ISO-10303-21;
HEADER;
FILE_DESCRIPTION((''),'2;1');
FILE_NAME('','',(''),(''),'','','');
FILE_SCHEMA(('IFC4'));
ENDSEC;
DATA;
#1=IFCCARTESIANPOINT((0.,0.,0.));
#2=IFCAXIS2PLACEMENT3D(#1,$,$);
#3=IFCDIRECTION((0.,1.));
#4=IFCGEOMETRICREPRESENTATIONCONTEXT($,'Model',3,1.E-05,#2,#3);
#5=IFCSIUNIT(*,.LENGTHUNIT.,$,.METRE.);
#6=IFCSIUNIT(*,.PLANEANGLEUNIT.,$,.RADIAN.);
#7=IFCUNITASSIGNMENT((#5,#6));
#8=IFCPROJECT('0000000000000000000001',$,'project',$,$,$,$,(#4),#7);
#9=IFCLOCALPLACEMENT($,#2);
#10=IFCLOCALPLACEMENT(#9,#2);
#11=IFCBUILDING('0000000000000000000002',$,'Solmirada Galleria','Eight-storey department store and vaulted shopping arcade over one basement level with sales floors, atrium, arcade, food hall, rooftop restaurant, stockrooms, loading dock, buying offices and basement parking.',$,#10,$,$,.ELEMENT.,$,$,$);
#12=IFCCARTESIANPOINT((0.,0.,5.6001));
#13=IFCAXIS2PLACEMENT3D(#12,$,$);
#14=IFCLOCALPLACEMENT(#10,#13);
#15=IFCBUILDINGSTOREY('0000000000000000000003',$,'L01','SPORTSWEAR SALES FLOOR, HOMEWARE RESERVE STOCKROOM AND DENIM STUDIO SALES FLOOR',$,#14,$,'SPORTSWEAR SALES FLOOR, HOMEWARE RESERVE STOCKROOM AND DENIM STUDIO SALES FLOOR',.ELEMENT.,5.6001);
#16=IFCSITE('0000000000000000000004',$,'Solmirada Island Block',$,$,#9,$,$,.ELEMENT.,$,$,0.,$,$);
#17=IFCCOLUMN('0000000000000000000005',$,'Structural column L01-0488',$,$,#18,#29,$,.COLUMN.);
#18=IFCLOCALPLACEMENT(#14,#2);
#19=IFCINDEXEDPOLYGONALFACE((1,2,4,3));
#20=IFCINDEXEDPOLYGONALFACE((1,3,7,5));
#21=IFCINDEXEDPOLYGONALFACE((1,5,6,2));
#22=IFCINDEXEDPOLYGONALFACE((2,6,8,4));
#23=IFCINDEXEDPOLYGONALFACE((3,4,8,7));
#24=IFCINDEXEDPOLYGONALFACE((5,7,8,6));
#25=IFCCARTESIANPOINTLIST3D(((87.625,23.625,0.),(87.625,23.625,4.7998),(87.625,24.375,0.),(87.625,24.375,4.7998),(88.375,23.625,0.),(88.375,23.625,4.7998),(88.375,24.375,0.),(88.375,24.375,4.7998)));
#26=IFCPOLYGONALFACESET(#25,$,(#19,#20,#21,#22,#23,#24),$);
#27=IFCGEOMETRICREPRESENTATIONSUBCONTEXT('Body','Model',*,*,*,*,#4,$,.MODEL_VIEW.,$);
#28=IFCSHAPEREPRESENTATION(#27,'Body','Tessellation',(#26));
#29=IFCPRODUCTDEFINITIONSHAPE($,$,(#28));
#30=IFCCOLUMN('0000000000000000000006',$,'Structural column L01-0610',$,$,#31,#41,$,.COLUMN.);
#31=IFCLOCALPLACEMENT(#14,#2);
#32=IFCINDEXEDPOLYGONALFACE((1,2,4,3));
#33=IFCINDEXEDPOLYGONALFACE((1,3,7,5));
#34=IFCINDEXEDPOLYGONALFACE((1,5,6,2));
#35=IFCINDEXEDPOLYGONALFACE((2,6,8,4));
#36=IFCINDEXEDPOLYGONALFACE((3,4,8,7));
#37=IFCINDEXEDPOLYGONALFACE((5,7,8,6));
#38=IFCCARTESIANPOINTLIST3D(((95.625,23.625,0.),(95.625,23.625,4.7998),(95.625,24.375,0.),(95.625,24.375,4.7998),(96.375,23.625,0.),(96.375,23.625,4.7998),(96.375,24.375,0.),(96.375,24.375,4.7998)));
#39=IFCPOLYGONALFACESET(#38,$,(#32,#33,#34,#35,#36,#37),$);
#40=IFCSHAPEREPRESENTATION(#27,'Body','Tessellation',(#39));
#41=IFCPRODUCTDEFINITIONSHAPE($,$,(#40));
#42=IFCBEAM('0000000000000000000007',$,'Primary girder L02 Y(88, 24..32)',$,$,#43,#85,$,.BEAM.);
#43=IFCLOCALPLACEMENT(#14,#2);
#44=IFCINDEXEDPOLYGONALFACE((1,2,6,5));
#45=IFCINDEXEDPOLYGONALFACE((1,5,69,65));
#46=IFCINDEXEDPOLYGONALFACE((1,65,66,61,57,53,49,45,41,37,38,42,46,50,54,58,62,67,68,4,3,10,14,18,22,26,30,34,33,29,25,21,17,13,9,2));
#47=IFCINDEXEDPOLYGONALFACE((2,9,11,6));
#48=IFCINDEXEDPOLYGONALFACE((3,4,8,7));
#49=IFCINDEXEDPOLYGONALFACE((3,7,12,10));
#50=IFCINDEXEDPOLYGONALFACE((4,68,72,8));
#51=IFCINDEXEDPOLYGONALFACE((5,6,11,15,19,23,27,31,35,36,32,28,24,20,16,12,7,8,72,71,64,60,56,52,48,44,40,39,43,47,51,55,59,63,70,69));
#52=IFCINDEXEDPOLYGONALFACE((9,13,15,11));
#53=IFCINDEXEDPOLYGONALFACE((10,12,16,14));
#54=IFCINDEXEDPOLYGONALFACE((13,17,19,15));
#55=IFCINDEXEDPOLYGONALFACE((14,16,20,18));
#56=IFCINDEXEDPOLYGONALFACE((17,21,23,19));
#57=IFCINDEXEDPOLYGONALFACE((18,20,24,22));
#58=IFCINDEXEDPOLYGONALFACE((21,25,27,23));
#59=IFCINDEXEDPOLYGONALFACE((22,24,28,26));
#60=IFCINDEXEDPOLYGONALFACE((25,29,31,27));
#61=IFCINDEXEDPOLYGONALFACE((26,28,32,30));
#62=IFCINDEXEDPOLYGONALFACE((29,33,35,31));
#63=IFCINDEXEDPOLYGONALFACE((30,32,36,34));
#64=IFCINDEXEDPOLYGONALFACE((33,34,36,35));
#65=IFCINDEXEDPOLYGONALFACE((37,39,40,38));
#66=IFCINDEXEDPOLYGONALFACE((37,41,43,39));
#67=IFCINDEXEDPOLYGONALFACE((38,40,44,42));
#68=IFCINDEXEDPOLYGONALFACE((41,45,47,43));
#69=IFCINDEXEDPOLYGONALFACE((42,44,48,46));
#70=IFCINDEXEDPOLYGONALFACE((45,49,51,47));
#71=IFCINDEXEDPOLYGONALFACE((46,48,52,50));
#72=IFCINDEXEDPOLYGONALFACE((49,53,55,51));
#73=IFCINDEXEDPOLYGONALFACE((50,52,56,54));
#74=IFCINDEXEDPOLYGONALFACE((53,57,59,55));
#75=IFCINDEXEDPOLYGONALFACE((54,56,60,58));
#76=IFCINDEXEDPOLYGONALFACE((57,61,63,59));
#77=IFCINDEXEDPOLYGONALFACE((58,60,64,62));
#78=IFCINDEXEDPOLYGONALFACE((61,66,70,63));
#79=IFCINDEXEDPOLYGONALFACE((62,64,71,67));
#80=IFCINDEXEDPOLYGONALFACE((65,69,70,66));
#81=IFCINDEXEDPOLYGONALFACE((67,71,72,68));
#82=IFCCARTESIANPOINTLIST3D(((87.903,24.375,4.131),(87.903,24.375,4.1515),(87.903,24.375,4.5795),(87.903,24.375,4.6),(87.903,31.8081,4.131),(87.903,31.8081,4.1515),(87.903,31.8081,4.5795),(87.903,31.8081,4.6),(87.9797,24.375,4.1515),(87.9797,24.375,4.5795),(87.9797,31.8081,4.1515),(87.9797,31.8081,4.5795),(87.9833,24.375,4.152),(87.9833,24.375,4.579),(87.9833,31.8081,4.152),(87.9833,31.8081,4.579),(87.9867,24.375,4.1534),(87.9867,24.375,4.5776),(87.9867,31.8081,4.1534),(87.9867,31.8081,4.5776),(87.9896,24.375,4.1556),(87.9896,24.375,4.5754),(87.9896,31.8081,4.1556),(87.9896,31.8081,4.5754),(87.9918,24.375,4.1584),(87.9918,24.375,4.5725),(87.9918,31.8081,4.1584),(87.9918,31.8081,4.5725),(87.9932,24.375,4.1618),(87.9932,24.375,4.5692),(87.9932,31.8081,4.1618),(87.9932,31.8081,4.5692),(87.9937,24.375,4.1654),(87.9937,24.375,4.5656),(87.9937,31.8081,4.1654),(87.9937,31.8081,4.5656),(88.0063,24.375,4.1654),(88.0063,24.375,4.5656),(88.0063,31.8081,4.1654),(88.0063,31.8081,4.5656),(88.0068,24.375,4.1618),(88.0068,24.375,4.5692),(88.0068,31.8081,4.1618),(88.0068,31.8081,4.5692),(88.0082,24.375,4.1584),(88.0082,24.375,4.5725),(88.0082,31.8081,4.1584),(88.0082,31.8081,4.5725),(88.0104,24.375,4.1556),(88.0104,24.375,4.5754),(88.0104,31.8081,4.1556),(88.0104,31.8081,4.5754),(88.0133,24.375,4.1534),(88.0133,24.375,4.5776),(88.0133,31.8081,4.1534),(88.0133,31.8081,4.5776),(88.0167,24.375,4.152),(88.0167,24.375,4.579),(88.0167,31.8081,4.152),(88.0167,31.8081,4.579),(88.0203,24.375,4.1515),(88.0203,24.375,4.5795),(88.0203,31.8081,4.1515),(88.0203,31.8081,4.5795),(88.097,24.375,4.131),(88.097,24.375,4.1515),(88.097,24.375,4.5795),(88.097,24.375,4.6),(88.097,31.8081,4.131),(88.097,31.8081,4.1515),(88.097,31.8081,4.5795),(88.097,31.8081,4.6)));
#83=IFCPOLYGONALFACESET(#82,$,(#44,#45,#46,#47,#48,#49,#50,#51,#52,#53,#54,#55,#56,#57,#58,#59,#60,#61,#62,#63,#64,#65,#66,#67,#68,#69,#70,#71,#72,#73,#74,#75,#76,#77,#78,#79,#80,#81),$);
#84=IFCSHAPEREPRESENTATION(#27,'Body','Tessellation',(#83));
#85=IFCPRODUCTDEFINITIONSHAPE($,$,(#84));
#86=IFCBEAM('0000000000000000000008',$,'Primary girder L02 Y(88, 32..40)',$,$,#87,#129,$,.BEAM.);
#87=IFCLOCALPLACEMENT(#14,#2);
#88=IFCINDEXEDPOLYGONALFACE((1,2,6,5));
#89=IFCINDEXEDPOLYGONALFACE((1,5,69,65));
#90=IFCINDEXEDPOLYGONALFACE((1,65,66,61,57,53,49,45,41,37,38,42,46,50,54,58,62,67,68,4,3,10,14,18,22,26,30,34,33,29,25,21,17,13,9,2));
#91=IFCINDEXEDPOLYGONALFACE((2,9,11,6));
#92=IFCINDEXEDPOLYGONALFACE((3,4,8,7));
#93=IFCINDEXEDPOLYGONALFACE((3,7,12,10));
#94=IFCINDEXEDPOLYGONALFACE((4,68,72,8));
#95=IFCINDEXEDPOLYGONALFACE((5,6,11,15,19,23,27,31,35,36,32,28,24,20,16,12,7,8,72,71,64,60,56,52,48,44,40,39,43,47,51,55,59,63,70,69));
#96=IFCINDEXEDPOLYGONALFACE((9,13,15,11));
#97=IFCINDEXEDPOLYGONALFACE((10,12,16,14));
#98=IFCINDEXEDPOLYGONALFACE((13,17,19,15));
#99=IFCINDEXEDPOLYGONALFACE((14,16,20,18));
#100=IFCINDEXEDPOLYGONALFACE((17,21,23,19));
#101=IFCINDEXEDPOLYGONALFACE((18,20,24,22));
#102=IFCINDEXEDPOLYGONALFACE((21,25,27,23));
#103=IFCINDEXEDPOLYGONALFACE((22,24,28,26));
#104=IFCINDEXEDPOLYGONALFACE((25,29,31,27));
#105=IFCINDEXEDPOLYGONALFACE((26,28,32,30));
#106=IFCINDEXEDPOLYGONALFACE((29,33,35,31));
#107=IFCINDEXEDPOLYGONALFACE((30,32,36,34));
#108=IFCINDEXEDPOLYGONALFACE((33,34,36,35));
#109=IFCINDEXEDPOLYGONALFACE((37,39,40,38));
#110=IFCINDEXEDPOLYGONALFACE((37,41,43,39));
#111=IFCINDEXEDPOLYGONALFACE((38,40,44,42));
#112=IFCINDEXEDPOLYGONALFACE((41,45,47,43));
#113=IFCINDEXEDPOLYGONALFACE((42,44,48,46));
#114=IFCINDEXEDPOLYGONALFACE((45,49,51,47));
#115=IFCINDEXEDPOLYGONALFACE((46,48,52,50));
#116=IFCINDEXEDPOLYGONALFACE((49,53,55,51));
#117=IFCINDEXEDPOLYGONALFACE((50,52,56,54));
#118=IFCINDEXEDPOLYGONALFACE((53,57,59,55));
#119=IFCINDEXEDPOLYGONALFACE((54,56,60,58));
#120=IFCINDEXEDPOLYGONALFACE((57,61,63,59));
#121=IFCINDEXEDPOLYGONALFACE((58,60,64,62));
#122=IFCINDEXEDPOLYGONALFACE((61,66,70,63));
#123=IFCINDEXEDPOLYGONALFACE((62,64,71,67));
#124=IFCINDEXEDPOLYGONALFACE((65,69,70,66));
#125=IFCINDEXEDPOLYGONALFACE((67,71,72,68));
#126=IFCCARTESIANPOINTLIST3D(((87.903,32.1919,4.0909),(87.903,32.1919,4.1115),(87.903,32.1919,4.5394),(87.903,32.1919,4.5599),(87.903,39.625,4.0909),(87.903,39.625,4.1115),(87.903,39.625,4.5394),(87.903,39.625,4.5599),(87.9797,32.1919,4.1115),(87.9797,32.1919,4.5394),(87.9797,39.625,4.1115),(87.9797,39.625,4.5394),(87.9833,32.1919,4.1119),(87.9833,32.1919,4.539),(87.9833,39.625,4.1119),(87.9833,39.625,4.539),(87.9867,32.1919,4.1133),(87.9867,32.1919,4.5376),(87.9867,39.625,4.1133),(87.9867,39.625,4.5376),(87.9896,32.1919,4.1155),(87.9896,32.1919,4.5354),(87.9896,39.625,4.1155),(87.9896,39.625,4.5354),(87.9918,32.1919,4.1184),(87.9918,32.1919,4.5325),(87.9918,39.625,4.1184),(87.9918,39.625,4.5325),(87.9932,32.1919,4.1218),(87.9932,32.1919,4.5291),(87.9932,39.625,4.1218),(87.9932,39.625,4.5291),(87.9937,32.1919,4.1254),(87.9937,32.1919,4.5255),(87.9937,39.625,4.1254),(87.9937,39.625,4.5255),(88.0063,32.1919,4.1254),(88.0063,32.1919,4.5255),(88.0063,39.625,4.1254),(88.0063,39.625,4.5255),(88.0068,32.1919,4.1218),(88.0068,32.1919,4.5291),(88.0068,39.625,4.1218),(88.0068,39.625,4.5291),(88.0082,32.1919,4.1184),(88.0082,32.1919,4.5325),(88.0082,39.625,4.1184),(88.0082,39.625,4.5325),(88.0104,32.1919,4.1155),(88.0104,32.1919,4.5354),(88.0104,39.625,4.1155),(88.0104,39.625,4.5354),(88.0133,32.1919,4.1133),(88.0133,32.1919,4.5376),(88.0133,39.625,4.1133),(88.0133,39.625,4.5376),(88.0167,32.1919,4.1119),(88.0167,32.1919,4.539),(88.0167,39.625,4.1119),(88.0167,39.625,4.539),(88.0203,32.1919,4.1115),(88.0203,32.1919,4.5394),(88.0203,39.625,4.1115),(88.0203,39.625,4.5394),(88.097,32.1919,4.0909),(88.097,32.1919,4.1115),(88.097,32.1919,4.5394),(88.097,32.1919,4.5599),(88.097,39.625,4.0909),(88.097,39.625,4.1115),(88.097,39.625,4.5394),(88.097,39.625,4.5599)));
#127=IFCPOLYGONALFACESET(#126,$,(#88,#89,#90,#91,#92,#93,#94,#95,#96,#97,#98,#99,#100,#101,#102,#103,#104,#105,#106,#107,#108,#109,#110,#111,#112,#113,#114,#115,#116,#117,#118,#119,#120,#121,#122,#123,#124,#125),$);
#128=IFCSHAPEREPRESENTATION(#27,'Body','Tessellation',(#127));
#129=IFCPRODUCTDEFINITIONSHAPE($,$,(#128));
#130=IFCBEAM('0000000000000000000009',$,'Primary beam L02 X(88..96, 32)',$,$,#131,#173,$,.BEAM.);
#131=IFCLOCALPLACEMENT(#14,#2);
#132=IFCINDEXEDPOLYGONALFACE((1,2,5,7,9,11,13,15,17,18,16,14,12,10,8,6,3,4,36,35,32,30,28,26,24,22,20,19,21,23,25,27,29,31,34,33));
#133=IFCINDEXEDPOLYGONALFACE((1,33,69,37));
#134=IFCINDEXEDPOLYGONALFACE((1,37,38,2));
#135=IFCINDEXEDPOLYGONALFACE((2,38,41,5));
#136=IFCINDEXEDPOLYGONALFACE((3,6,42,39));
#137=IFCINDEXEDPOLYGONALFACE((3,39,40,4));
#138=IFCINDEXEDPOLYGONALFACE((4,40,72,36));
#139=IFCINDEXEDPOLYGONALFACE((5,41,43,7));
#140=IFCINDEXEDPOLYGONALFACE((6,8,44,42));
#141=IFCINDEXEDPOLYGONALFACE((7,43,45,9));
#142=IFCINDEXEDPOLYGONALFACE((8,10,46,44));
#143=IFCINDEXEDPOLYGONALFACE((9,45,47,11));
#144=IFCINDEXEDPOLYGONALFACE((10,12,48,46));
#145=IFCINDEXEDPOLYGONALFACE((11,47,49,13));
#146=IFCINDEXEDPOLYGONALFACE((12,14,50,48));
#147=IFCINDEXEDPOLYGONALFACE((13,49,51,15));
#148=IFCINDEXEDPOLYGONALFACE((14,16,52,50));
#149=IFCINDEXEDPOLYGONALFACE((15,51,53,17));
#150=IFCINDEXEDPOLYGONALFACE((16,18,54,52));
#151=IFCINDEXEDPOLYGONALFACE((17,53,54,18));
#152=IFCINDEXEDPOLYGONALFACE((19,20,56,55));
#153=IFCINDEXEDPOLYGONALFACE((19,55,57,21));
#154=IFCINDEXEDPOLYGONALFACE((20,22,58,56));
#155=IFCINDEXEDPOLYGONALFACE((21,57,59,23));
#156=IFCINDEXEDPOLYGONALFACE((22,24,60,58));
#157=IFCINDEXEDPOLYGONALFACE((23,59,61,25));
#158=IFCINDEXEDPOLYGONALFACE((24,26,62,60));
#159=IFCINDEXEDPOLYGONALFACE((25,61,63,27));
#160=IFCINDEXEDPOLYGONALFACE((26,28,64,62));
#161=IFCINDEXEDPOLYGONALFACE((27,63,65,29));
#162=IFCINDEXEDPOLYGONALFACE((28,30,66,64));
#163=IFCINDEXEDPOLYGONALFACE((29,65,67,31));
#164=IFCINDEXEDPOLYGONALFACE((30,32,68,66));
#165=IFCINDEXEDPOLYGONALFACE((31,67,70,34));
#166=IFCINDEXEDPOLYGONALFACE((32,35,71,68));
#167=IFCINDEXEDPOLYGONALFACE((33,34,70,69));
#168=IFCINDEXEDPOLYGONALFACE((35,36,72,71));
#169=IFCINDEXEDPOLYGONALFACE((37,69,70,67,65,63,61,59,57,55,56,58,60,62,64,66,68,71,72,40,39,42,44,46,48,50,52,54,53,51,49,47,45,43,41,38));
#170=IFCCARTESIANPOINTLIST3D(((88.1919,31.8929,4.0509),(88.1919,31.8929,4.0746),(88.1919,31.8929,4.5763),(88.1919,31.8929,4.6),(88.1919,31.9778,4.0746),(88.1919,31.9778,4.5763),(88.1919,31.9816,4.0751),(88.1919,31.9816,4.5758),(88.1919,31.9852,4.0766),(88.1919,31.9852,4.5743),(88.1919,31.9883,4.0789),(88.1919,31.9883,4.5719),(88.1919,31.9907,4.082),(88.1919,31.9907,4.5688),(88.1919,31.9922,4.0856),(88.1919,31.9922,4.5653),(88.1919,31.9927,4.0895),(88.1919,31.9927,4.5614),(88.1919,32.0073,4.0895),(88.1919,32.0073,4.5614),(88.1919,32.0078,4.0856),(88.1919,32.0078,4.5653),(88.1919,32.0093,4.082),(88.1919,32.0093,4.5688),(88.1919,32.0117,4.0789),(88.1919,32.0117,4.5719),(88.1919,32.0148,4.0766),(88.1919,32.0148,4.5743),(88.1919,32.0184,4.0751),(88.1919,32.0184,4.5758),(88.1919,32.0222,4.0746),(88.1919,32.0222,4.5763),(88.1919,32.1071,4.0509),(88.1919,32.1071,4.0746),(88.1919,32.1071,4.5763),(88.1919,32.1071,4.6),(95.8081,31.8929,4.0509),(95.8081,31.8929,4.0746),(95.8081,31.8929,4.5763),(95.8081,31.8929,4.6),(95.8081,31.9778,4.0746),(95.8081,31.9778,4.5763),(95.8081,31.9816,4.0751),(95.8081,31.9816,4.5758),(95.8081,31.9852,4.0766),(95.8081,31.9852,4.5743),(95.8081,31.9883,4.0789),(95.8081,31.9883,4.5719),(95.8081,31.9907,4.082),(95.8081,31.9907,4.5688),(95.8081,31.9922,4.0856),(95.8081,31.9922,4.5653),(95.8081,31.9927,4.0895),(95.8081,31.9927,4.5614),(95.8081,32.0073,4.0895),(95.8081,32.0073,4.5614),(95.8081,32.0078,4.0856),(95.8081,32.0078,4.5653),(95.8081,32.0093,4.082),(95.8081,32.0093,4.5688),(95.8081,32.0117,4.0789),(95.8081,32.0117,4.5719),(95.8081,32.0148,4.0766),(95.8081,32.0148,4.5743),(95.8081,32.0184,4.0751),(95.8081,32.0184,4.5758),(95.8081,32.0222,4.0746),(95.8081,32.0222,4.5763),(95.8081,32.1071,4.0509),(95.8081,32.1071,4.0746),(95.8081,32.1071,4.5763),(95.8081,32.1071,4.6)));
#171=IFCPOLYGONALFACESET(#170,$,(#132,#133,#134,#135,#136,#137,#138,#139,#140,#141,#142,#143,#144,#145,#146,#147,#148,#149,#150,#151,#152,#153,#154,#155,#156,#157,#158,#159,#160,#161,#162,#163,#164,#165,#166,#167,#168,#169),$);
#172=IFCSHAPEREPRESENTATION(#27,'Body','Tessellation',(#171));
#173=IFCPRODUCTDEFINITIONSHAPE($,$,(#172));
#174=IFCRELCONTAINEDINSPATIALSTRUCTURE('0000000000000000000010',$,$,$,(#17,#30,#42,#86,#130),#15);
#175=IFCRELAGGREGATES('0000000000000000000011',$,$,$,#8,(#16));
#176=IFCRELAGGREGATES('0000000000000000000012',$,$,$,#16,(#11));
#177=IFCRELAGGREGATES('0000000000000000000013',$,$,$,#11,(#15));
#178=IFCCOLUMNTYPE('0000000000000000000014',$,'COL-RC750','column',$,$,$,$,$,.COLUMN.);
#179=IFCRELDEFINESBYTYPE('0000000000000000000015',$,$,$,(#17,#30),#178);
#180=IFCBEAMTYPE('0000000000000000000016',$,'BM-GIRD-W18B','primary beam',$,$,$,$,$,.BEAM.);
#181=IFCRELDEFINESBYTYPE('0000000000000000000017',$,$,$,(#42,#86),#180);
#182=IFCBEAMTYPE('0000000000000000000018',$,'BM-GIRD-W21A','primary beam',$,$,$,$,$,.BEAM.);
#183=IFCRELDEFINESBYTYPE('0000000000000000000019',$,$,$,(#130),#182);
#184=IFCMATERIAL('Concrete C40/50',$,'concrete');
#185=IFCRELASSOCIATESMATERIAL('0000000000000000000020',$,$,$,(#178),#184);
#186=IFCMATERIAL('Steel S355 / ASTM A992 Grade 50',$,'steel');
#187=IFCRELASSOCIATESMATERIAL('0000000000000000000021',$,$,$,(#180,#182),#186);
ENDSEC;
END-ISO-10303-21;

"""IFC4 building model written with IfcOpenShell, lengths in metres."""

from ifc_helpers import new_model, si_unit, direction, frame, origin, origin_2d, place, context, subcontext, project, spatial, rectangle, i_section, extrude, material, material_profile, profile_set, type_object, element, save


model = new_model("IFC4")

# Units and contexts
model_context = context("Model", 3, precision=1e-05, world=origin(), true_north=direction((0.0, 1.0)))
body_context = subcontext(model_context, "Body", "Model", "MODEL_VIEW")
ifc_project = project(units=[si_unit("LENGTHUNIT", "METRE"), si_unit("PLANEANGLEUNIT", "RADIAN")], contexts=[model_context])

# Site, building, storey
site_placement = place(None, origin())
site = spatial("IfcSite", under=ifc_project, at=site_placement, Name="Solmirada Island Block", CompositionType="ELEMENT", RefElevation=0.0)
building_placement = place(site_placement, origin())
building = spatial("IfcBuilding", under=site, at=building_placement, Name="Solmirada Galleria", Description="Eight-storey department store and vaulted shopping arcade over one basement level with sales floors, atrium, arcade, food hall, rooftop restaurant, stockrooms, loading dock, buying offices and basement parking.", CompositionType="ELEMENT")
storey_placement = place(building_placement, frame((0.0, 0.0, 5.6001)))
storey = spatial("IfcBuildingStorey", under=building, at=storey_placement, Name="L01", Description="SPORTSWEAR SALES FLOOR, HOMEWARE RESERVE STOCKROOM AND DENIM STUDIO SALES FLOOR", LongName="SPORTSWEAR SALES FLOOR, HOMEWARE RESERVE STOCKROOM AND DENIM STUDIO SALES FLOOR", CompositionType="ELEMENT", Elevation=5.6001)

# Columns
ifc_material_1 = material(Name="Concrete C40/50", Category="concrete")
ifc_material_profile_1 = material_profile(ifc_material_1, rectangle(XDim=0.75, YDim=0.75, at=origin_2d()), Name="RC750X750")
ifc_profile_set_1 = profile_set([ifc_material_profile_1], Name="Concrete C40/50")
column_type_1 = type_object("IfcColumnType", Name="COL-RC750", Description="column", PredefinedType="COLUMN", material=ifc_profile_set_1)
for number, where, z_axis, x_axis, name in (
    (1, (88.0, 24.0, 0.0), (0.0, 0.0, 1.0), (1.0, 0.0, 0.0), "Structural column L01-0488"),
    (2, (96.0, 24.0, 0.0), (0.0, 0.0, 1.0), (1.0, 0.0, 0.0), "Structural column L01-0610"),
):
    element("IfcColumn", number, at=place(storey_placement, frame(where, z_axis=z_axis, x_axis=x_axis)), inside=storey, type_object=column_type_1, Name=name, PredefinedType="COLUMN", context=body_context, shape_type="SweptSolid", body=[
        extrude(rectangle(XDim=0.75, YDim=0.75, at=origin_2d()), origin(), (0.0, 0.0, 1.0), 4.7998),
    ])

# Beams
ifc_material_2 = material(Name="Steel S355 / ASTM A992 Grade 50", Category="steel")
ifc_material_profile_2 = material_profile(ifc_material_2, i_section(OverallWidth=0.1941, OverallDepth=0.469, WebThickness=0.0127, FlangeThickness=0.0205, FilletRadius=0.0139, at=origin_2d()), Name="W18X71")
ifc_profile_set_2 = profile_set([ifc_material_profile_2], Name="Steel S355 / ASTM A992 Grade 50")
beam_type_1 = type_object("IfcBeamType", Name="BM-GIRD-W18B", Description="primary beam", PredefinedType="BEAM", material=ifc_profile_set_2)
for number, where, z_axis, x_axis, name in (
    (3, (88.0, 24.375, 4.3655), (0.0, 1.0, 0.0), (-1.0, 0.0, 0.0), "Primary girder L02 Y(88, 24..32)"),
    (4, (88.0, 32.1919, 4.3254), (0.0, 1.0, 0.0), (-1.0, 0.0, 0.0), "Primary girder L02 Y(88, 32..40)"),
):
    element("IfcBeam", number, at=place(storey_placement, frame(where, z_axis=z_axis, x_axis=x_axis)), inside=storey, type_object=beam_type_1, Name=name, PredefinedType="BEAM", context=body_context, shape_type="SweptSolid", body=[
        extrude(i_section(OverallWidth=0.1941, OverallDepth=0.469, WebThickness=0.0127, FlangeThickness=0.0205, FilletRadius=0.0139, at=origin_2d()), origin(), (0.0, 0.0, 1.0), 7.4331),
    ])
ifc_material_profile_3 = material_profile(ifc_material_2, i_section(OverallWidth=0.2141, OverallDepth=0.5491, WebThickness=0.0146, FlangeThickness=0.0237, FilletRadius=0.0149, at=origin_2d()), Name="W21X93")
ifc_profile_set_3 = profile_set([ifc_material_profile_3], Name="Steel S355 / ASTM A992 Grade 50")
beam_type_2 = type_object("IfcBeamType", Name="BM-GIRD-W21A", Description="primary beam", PredefinedType="BEAM", material=ifc_profile_set_3)
for number, where, z_axis, x_axis, name in (
    (5, (88.1919, 32.0, 4.3254), (1.0, 0.0, 0.0), (0.0, 1.0, 0.0), "Primary beam L02 X(88..96, 32)"),
):
    element("IfcBeam", number, at=place(storey_placement, frame(where, z_axis=z_axis, x_axis=x_axis)), inside=storey, type_object=beam_type_2, Name=name, PredefinedType="BEAM", context=body_context, shape_type="SweptSolid", body=[
        extrude(i_section(OverallWidth=0.2141, OverallDepth=0.5491, WebThickness=0.0146, FlangeThickness=0.0237, FilletRadius=0.0149, at=origin_2d()), origin(), (0.0, 0.0, 1.0), 7.6162),
    ])

save(model, "model.ifc")
